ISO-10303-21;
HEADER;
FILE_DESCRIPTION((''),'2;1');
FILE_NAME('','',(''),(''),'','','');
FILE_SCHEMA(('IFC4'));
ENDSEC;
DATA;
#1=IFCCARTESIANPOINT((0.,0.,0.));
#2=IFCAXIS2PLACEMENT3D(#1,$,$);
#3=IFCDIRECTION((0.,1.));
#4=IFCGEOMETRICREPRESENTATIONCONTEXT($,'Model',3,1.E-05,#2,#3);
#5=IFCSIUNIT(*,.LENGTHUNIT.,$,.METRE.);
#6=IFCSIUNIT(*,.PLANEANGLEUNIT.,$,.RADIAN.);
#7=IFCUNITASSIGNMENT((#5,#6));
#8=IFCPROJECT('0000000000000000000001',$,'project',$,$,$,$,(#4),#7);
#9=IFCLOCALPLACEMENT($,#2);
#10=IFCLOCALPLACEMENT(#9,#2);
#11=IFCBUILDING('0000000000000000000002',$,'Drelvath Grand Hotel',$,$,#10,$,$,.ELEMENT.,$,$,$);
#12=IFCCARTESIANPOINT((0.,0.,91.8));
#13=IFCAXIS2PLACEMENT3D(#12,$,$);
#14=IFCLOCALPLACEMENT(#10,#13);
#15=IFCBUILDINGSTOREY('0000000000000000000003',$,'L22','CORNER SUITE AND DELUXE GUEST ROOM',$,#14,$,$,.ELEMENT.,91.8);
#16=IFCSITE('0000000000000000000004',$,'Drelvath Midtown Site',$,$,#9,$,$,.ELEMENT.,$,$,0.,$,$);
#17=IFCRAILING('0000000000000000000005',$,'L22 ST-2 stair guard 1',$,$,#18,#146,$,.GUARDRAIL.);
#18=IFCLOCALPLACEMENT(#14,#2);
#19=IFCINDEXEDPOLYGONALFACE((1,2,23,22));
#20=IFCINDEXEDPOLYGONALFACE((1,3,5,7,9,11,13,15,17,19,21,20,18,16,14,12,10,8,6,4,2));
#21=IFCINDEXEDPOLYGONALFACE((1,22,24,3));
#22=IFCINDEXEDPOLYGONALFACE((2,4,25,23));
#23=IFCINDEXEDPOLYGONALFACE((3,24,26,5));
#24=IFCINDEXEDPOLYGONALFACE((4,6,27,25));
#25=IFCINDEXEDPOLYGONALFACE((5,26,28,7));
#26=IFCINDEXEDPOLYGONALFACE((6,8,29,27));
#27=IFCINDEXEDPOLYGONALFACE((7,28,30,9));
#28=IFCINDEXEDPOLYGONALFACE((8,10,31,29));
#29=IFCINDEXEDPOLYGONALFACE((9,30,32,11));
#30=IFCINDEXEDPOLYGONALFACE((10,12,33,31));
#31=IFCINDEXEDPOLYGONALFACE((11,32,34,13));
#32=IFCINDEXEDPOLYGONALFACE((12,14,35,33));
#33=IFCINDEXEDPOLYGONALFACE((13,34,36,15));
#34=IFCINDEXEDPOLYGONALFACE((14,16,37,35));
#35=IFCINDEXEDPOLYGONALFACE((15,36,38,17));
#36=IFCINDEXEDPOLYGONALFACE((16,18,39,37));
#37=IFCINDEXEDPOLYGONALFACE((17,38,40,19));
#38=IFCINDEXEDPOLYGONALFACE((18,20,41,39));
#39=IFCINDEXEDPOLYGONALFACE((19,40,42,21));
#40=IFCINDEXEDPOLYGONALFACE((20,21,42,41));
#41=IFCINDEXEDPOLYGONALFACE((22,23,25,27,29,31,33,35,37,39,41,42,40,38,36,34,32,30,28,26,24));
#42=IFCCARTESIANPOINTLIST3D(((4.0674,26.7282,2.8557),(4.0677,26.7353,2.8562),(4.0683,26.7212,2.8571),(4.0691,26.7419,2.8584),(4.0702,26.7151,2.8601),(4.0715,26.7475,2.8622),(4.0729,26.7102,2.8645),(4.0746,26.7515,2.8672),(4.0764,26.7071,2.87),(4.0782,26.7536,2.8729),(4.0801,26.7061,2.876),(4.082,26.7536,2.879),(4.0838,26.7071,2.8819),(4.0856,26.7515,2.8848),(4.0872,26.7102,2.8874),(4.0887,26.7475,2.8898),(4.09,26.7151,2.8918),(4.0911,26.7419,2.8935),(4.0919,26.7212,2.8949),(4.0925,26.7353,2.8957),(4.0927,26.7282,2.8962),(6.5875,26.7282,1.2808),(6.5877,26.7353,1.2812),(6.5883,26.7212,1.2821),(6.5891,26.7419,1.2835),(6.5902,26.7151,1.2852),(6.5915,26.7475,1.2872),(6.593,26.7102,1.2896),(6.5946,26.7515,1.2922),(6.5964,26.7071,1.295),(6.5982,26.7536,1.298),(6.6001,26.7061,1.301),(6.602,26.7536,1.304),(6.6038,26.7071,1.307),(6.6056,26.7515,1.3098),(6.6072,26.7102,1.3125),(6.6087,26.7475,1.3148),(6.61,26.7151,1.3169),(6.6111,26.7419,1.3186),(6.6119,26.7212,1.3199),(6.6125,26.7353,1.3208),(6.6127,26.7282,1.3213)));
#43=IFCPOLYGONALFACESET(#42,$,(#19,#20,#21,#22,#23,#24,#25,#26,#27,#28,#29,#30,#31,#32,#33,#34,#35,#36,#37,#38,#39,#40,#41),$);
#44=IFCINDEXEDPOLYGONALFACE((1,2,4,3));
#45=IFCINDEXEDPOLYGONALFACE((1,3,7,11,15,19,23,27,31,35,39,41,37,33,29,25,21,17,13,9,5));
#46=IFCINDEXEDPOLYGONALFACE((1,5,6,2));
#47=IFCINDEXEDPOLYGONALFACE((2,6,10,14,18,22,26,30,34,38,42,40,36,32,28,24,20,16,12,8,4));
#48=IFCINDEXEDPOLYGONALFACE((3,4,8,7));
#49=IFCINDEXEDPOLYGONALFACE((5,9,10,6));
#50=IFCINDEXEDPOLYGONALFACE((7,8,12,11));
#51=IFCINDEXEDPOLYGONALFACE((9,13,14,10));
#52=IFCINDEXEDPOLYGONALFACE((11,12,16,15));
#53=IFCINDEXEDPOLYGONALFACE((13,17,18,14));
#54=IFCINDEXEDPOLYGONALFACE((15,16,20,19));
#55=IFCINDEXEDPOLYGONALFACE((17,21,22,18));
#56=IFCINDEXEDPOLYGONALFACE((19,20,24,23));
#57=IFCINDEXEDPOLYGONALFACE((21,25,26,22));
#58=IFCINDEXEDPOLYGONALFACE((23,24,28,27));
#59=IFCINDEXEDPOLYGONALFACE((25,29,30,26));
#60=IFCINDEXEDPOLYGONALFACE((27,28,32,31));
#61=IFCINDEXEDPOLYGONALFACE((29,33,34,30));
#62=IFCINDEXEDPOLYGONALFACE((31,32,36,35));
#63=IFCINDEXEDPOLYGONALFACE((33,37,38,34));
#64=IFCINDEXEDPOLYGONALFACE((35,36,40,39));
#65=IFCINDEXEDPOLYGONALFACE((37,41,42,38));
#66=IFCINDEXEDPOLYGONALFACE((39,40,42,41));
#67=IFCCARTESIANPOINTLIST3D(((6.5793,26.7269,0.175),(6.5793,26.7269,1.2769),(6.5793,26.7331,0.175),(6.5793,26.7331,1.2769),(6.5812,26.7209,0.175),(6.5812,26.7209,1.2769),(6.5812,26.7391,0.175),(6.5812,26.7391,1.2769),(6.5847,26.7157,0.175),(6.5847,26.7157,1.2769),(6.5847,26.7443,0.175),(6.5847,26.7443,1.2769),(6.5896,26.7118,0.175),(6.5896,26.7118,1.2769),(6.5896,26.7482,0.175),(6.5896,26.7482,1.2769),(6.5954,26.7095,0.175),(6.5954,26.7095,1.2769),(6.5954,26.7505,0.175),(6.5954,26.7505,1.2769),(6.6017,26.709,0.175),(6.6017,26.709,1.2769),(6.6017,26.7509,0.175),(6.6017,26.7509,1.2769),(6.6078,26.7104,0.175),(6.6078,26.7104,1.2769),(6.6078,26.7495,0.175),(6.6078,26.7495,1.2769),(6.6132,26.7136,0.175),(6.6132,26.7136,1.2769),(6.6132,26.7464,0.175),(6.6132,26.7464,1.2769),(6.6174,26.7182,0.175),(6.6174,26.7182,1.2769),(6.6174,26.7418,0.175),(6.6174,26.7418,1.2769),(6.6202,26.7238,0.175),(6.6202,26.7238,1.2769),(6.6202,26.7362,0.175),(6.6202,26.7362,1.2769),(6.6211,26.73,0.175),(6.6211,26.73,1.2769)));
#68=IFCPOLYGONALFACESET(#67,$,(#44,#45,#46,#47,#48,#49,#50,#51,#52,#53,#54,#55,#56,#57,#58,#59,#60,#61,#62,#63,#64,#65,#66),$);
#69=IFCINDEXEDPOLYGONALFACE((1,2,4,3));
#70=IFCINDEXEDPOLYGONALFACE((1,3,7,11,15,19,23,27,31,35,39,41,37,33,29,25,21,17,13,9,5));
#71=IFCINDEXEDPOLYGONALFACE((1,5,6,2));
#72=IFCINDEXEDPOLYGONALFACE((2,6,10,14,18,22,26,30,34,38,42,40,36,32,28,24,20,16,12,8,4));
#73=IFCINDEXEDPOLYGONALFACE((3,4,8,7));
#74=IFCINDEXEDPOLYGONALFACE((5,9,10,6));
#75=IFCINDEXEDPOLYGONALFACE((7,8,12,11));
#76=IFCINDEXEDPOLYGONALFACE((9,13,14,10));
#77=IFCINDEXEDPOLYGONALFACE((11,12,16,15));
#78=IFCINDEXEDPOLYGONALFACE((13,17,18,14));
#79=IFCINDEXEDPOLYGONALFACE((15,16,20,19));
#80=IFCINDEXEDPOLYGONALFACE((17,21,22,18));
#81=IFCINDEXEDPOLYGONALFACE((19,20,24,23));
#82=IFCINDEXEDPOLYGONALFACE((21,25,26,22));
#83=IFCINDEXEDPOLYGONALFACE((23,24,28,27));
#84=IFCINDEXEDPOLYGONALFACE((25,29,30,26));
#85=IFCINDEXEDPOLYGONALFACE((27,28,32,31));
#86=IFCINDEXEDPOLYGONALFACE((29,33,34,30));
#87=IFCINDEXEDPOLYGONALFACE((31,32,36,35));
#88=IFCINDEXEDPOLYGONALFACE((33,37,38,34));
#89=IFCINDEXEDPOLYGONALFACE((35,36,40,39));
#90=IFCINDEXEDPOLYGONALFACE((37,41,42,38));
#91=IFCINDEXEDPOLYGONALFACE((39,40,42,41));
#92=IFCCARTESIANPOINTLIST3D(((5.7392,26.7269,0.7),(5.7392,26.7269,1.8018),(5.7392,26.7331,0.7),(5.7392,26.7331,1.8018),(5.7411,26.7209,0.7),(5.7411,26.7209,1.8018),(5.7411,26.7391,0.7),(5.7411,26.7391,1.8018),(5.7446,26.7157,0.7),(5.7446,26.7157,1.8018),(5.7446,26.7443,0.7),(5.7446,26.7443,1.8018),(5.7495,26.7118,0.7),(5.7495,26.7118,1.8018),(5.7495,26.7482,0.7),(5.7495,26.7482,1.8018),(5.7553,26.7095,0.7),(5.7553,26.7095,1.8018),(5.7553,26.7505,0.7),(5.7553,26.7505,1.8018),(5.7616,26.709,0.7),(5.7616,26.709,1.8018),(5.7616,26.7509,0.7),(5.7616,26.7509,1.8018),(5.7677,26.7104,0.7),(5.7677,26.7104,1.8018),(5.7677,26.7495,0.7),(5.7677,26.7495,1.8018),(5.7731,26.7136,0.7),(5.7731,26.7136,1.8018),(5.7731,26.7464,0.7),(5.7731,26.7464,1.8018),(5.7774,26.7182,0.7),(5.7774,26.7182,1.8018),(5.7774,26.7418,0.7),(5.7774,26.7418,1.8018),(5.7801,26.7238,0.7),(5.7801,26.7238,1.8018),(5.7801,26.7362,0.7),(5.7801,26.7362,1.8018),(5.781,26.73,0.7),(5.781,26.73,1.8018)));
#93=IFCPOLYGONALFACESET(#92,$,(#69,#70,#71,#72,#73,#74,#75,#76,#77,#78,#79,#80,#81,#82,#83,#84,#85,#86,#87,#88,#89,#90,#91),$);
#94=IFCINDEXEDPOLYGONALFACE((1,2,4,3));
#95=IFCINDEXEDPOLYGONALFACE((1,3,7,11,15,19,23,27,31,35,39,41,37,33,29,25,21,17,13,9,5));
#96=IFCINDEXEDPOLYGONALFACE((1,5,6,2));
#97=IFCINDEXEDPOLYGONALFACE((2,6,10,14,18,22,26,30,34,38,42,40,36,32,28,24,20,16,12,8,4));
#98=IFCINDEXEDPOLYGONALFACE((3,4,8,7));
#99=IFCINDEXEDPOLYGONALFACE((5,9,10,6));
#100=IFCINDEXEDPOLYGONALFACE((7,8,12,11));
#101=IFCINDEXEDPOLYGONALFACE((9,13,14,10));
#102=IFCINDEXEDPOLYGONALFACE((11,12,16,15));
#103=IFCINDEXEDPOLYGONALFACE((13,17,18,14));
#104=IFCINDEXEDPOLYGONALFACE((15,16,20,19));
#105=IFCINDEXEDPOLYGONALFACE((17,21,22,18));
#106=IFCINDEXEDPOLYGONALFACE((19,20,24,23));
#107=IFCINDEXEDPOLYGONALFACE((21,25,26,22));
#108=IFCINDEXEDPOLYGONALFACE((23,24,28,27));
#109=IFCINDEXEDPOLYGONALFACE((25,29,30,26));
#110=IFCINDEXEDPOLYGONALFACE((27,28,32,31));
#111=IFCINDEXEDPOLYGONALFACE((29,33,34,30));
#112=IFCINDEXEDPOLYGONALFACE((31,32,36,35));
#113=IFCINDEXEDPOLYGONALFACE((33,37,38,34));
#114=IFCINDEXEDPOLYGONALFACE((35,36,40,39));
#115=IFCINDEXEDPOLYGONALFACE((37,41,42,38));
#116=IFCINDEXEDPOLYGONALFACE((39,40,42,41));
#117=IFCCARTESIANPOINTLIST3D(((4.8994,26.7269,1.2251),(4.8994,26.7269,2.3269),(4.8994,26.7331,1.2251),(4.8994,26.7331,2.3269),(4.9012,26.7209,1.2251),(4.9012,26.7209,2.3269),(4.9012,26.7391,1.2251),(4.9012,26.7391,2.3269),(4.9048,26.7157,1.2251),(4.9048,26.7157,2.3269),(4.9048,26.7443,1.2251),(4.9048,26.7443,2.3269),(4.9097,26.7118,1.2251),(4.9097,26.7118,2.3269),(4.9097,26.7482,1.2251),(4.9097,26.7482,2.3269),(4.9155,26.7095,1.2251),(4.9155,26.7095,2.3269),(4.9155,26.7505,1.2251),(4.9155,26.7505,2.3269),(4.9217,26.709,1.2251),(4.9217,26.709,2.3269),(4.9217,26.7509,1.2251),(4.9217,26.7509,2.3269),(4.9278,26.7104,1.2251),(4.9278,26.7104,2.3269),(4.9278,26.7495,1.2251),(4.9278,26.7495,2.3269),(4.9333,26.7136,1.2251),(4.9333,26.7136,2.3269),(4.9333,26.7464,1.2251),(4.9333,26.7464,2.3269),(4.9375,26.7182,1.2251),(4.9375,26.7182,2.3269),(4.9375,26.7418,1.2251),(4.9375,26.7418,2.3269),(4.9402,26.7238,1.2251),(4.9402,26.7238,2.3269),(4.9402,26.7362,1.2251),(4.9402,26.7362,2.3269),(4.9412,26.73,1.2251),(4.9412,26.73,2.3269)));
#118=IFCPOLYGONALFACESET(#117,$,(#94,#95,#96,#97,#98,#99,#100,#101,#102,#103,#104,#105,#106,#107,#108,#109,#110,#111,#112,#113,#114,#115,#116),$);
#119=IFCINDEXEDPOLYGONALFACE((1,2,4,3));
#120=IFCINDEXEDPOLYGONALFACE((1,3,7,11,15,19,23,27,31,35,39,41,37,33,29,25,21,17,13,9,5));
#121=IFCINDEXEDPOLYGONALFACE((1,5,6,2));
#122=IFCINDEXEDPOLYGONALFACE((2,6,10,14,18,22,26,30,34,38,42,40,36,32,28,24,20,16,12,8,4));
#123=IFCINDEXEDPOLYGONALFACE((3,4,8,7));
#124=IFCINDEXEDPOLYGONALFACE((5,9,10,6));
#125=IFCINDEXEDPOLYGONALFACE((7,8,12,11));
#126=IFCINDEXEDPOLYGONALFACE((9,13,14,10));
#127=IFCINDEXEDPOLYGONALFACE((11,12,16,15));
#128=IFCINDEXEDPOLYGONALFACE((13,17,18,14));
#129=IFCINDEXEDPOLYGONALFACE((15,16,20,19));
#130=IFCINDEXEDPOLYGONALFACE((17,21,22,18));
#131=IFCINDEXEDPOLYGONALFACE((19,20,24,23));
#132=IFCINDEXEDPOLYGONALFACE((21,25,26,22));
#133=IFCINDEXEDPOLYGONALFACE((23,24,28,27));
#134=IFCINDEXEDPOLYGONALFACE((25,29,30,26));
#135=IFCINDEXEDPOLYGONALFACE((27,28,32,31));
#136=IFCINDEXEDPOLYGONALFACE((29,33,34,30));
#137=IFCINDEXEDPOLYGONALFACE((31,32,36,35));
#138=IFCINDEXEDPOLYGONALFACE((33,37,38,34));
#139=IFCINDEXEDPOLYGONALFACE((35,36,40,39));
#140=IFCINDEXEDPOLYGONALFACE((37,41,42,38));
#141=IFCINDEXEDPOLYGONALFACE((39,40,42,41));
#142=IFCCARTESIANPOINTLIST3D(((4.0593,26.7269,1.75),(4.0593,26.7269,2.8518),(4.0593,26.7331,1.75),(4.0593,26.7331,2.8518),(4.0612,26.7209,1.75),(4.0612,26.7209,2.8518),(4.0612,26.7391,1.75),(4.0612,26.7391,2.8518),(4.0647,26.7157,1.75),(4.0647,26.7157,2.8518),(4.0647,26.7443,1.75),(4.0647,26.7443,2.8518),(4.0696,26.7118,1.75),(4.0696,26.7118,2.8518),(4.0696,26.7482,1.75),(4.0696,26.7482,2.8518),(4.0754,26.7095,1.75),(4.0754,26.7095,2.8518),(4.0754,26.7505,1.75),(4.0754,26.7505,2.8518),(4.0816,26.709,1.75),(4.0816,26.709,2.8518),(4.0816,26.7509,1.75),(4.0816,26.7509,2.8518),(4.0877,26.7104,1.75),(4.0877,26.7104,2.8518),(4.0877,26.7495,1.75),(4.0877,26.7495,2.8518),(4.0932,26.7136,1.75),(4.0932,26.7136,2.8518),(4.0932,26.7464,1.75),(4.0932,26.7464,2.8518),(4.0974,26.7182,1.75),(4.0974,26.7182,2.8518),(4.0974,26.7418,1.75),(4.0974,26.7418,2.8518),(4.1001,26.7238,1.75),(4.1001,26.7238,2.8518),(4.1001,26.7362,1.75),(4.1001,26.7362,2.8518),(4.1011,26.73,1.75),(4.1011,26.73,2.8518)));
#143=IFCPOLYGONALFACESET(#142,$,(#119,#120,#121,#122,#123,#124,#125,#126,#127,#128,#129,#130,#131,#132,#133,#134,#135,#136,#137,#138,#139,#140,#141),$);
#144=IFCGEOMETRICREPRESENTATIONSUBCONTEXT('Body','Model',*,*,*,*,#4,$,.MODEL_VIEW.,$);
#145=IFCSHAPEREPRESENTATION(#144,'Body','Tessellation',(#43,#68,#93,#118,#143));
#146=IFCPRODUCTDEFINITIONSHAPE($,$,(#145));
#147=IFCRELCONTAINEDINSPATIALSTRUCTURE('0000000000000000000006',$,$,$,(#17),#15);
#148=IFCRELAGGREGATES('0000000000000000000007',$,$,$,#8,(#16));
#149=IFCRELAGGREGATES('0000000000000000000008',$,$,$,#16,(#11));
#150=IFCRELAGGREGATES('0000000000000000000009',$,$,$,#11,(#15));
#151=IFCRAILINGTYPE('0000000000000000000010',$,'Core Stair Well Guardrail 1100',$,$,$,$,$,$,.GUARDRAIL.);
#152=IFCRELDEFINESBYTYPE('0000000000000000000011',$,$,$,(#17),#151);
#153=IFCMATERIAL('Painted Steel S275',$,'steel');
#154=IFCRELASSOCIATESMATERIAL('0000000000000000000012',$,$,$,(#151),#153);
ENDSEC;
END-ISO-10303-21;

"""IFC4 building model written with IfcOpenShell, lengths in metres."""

from ifc_helpers import new_model, si_unit, direction, frame, origin, origin_2d, place, context, subcontext, project, spatial, circle, extrude, material, type_object, element, save


model = new_model("IFC4")

# Units and contexts
model_context = context("Model", 3, precision=1e-05, world=origin(), true_north=direction((0.0, 1.0)))
body_context = subcontext(model_context, "Body", "Model", "MODEL_VIEW")
ifc_project = project(units=[si_unit("LENGTHUNIT", "METRE"), si_unit("PLANEANGLEUNIT", "RADIAN")], contexts=[model_context])

# Site, building, storey
site_placement = place(None, origin())
site = spatial("IfcSite", under=ifc_project, at=site_placement, Name="Drelvath Midtown Site", CompositionType="ELEMENT", RefElevation=0.0)
building_placement = place(site_placement, origin())
building = spatial("IfcBuilding", under=site, at=building_placement, Name="Drelvath Grand Hotel", CompositionType="ELEMENT")
storey_placement = place(building_placement, frame((0.0, 0.0, 91.8)))
storey = spatial("IfcBuildingStorey", under=building, at=storey_placement, Name="L22", Description="CORNER SUITE AND DELUXE GUEST ROOM", CompositionType="ELEMENT", Elevation=91.8)

# Shared definitions
ifc_material_1 = material(Name="Painted Steel S275", Category="steel")

# Railing
railing_type_1 = type_object("IfcRailingType", Name="Core Stair Well Guardrail 1100", PredefinedType="GUARDRAIL", material=ifc_material_1)
railing_1_placement = place(storey_placement, frame((6.6001, 26.73, 0.175)))
element("IfcRailing", 1, at=railing_1_placement, inside=storey, type_object=railing_type_1, Name="L22 ST-2 stair guard 1", PredefinedType="GUARDRAIL", context=body_context, shape_type="SweptSolid", body=[
    extrude(circle(Radius=0.0239, at=origin_2d()), frame((0.0, 0.0, 1.126), z_axis=(-0.848008, 0.0, 0.529984), x_axis=(0.0, -1.0, 0.0)), (0.0, 0.0, 1.0), 2.9717),
    extrude(circle(Radius=0.021, at=origin_2d()), origin(), (0.0, 0.0, 1.0), 1.1018),
    extrude(circle(Radius=0.021, at=origin_2d()), frame((-0.8401, 0.0, 0.5249)), (0.0, 0.0, 1.0), 1.1018),
    extrude(circle(Radius=0.021, at=origin_2d()), frame((-1.6799, 0.0, 1.05)), (0.0, 0.0, 1.0), 1.1018),
    extrude(circle(Radius=0.021, at=origin_2d()), frame((-2.52, 0.0, 1.575)), (0.0, 0.0, 1.0), 1.1018),
])

save(model, "model.ifc")
